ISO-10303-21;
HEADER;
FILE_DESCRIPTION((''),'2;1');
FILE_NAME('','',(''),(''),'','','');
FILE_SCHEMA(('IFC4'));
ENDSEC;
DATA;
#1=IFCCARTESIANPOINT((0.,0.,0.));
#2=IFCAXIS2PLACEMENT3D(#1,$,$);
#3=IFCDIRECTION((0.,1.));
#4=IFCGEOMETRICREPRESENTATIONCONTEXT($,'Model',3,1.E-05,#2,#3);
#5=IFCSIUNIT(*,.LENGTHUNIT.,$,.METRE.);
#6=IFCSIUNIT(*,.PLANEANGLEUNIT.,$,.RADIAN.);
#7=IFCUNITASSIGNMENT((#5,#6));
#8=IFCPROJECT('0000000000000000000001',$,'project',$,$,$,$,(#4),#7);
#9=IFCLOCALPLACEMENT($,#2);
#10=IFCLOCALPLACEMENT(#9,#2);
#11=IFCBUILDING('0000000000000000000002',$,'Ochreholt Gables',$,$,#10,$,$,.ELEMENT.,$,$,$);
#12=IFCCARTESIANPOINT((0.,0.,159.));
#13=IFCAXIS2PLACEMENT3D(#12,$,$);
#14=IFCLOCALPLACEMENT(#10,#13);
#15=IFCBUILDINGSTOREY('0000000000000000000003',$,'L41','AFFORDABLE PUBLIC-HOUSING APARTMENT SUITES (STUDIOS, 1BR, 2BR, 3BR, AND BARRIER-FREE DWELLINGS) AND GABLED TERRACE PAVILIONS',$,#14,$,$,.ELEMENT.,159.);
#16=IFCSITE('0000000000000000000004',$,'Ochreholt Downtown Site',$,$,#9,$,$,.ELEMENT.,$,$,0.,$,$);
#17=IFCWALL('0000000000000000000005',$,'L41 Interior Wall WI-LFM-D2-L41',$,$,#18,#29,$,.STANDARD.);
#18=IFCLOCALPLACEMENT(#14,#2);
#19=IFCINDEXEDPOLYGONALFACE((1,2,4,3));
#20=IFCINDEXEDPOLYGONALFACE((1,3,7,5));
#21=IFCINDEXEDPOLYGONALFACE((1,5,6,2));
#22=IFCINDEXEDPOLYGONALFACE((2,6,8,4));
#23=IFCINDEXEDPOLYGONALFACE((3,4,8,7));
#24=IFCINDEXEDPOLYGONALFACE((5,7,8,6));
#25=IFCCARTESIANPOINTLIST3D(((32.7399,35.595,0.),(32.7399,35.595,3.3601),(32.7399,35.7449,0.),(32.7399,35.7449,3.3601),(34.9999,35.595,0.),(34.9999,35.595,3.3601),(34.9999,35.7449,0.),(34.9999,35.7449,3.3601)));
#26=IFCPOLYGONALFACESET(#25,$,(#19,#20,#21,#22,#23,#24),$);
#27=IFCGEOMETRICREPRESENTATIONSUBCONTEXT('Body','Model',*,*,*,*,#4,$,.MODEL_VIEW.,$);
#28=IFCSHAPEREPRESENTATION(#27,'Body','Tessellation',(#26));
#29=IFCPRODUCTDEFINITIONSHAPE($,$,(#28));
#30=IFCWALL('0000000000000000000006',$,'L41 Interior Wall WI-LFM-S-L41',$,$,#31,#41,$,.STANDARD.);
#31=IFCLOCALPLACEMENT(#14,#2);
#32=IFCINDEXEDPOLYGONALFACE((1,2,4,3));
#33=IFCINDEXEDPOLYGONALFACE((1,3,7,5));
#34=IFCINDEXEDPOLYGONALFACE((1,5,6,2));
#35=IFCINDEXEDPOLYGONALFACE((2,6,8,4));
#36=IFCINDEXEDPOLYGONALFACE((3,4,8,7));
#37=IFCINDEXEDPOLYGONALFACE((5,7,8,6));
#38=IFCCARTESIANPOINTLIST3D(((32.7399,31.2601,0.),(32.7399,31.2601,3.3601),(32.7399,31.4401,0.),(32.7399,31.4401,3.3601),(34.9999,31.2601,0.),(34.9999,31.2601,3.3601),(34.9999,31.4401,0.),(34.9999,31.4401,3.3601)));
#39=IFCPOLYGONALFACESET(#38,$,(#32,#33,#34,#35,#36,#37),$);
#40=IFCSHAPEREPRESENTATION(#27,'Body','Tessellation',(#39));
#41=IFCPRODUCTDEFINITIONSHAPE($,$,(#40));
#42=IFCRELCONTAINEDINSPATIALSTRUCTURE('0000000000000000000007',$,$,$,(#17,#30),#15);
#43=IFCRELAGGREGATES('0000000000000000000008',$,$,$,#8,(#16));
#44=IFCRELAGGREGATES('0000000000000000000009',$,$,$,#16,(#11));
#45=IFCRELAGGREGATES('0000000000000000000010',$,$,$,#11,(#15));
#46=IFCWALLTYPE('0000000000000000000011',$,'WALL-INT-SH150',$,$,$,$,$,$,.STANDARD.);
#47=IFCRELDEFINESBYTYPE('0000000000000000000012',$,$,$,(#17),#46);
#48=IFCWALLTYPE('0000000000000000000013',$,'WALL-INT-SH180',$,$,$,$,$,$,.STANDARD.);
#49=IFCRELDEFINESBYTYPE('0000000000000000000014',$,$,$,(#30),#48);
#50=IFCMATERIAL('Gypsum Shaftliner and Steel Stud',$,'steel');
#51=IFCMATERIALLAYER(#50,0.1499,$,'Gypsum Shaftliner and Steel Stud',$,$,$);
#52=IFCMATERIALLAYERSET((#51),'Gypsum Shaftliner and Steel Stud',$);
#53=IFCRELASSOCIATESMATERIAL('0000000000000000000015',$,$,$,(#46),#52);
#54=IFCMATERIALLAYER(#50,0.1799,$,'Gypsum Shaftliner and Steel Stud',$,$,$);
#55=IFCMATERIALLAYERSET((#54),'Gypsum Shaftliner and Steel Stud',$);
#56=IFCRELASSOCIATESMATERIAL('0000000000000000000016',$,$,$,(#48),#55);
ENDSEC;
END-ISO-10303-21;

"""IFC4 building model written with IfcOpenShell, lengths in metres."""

from ifc_helpers import new_model, si_unit, direction, frame, frame_2d, origin, place, context, subcontext, project, spatial, rectangle, extrude, material, layer, layer_set, type_object, element, save


model = new_model("IFC4")

# Units and contexts
model_context = context("Model", 3, precision=1e-05, world=origin(), true_north=direction((0.0, 1.0)))
body_context = subcontext(model_context, "Body", "Model", "MODEL_VIEW")
ifc_project = project(units=[si_unit("LENGTHUNIT", "METRE"), si_unit("PLANEANGLEUNIT", "RADIAN")], contexts=[model_context])

# Site, building, storey
site_placement = place(None, origin())
site = spatial("IfcSite", under=ifc_project, at=site_placement, Name="Ochreholt Downtown Site", CompositionType="ELEMENT", RefElevation=0.0)
building_placement = place(site_placement, origin())
building = spatial("IfcBuilding", under=site, at=building_placement, Name="Ochreholt Gables", CompositionType="ELEMENT")
storey_placement = place(building_placement, frame((0.0, 0.0, 159.0)))
storey = spatial("IfcBuildingStorey", under=building, at=storey_placement, Name="L41", Description="AFFORDABLE PUBLIC-HOUSING APARTMENT SUITES (STUDIOS, 1BR, 2BR, 3BR, AND BARRIER-FREE DWELLINGS) AND GABLED TERRACE PAVILIONS", CompositionType="ELEMENT", Elevation=159.0)

# Walls
ifc_material_1 = material(Name="Gypsum Shaftliner and Steel Stud", Category="steel")
ifc_layer_1 = layer(ifc_material_1, 0.1499, Name="Gypsum Shaftliner and Steel Stud")
ifc_layer_set_1 = layer_set([ifc_layer_1], Name="Gypsum Shaftliner and Steel Stud")
wall_type_1 = type_object("IfcWallType", Name="WALL-INT-SH150", PredefinedType="STANDARD", material=ifc_layer_set_1)
for number, where, z_axis, x_axis, name in (
    (1, (32.74, 35.6699, 0.0), (0.0, 0.0, 1.0), (1.0, 0.0, 0.0), "L41 Interior Wall WI-LFM-D2-L41"),
):
    element("IfcWall", number, at=place(storey_placement, frame(where, z_axis=z_axis, x_axis=x_axis)), inside=storey, type_object=wall_type_1, Name=name, PredefinedType="STANDARD", context=body_context, shape_type="SweptSolid", body=[
        extrude(rectangle(XDim=2.26, YDim=0.1499, at=frame_2d((1.1299, 0.0))), origin(), (0.0, 0.0, 1.0), 3.3601),
    ])
ifc_layer_2 = layer(ifc_material_1, 0.1799, Name="Gypsum Shaftliner and Steel Stud")
ifc_layer_set_2 = layer_set([ifc_layer_2], Name="Gypsum Shaftliner and Steel Stud")
wall_type_2 = type_object("IfcWallType", Name="WALL-INT-SH180", PredefinedType="STANDARD", material=ifc_layer_set_2)
wall_1_placement = place(storey_placement, frame((32.74, 31.3501, 0.0), z_axis=(0.0, 0.0, 1.0), x_axis=(1.0, 0.0, 0.0)))
element("IfcWall", 2, at=wall_1_placement, inside=storey, type_object=wall_type_2, Name="L41 Interior Wall WI-LFM-S-L41", PredefinedType="STANDARD", context=body_context, shape_type="SweptSolid", body=[
    extrude(rectangle(XDim=2.26, YDim=0.1799, at=frame_2d((1.1299, 0.0))), origin(), (0.0, 0.0, 1.0), 3.3601),
])

save(model, "model.ifc")
